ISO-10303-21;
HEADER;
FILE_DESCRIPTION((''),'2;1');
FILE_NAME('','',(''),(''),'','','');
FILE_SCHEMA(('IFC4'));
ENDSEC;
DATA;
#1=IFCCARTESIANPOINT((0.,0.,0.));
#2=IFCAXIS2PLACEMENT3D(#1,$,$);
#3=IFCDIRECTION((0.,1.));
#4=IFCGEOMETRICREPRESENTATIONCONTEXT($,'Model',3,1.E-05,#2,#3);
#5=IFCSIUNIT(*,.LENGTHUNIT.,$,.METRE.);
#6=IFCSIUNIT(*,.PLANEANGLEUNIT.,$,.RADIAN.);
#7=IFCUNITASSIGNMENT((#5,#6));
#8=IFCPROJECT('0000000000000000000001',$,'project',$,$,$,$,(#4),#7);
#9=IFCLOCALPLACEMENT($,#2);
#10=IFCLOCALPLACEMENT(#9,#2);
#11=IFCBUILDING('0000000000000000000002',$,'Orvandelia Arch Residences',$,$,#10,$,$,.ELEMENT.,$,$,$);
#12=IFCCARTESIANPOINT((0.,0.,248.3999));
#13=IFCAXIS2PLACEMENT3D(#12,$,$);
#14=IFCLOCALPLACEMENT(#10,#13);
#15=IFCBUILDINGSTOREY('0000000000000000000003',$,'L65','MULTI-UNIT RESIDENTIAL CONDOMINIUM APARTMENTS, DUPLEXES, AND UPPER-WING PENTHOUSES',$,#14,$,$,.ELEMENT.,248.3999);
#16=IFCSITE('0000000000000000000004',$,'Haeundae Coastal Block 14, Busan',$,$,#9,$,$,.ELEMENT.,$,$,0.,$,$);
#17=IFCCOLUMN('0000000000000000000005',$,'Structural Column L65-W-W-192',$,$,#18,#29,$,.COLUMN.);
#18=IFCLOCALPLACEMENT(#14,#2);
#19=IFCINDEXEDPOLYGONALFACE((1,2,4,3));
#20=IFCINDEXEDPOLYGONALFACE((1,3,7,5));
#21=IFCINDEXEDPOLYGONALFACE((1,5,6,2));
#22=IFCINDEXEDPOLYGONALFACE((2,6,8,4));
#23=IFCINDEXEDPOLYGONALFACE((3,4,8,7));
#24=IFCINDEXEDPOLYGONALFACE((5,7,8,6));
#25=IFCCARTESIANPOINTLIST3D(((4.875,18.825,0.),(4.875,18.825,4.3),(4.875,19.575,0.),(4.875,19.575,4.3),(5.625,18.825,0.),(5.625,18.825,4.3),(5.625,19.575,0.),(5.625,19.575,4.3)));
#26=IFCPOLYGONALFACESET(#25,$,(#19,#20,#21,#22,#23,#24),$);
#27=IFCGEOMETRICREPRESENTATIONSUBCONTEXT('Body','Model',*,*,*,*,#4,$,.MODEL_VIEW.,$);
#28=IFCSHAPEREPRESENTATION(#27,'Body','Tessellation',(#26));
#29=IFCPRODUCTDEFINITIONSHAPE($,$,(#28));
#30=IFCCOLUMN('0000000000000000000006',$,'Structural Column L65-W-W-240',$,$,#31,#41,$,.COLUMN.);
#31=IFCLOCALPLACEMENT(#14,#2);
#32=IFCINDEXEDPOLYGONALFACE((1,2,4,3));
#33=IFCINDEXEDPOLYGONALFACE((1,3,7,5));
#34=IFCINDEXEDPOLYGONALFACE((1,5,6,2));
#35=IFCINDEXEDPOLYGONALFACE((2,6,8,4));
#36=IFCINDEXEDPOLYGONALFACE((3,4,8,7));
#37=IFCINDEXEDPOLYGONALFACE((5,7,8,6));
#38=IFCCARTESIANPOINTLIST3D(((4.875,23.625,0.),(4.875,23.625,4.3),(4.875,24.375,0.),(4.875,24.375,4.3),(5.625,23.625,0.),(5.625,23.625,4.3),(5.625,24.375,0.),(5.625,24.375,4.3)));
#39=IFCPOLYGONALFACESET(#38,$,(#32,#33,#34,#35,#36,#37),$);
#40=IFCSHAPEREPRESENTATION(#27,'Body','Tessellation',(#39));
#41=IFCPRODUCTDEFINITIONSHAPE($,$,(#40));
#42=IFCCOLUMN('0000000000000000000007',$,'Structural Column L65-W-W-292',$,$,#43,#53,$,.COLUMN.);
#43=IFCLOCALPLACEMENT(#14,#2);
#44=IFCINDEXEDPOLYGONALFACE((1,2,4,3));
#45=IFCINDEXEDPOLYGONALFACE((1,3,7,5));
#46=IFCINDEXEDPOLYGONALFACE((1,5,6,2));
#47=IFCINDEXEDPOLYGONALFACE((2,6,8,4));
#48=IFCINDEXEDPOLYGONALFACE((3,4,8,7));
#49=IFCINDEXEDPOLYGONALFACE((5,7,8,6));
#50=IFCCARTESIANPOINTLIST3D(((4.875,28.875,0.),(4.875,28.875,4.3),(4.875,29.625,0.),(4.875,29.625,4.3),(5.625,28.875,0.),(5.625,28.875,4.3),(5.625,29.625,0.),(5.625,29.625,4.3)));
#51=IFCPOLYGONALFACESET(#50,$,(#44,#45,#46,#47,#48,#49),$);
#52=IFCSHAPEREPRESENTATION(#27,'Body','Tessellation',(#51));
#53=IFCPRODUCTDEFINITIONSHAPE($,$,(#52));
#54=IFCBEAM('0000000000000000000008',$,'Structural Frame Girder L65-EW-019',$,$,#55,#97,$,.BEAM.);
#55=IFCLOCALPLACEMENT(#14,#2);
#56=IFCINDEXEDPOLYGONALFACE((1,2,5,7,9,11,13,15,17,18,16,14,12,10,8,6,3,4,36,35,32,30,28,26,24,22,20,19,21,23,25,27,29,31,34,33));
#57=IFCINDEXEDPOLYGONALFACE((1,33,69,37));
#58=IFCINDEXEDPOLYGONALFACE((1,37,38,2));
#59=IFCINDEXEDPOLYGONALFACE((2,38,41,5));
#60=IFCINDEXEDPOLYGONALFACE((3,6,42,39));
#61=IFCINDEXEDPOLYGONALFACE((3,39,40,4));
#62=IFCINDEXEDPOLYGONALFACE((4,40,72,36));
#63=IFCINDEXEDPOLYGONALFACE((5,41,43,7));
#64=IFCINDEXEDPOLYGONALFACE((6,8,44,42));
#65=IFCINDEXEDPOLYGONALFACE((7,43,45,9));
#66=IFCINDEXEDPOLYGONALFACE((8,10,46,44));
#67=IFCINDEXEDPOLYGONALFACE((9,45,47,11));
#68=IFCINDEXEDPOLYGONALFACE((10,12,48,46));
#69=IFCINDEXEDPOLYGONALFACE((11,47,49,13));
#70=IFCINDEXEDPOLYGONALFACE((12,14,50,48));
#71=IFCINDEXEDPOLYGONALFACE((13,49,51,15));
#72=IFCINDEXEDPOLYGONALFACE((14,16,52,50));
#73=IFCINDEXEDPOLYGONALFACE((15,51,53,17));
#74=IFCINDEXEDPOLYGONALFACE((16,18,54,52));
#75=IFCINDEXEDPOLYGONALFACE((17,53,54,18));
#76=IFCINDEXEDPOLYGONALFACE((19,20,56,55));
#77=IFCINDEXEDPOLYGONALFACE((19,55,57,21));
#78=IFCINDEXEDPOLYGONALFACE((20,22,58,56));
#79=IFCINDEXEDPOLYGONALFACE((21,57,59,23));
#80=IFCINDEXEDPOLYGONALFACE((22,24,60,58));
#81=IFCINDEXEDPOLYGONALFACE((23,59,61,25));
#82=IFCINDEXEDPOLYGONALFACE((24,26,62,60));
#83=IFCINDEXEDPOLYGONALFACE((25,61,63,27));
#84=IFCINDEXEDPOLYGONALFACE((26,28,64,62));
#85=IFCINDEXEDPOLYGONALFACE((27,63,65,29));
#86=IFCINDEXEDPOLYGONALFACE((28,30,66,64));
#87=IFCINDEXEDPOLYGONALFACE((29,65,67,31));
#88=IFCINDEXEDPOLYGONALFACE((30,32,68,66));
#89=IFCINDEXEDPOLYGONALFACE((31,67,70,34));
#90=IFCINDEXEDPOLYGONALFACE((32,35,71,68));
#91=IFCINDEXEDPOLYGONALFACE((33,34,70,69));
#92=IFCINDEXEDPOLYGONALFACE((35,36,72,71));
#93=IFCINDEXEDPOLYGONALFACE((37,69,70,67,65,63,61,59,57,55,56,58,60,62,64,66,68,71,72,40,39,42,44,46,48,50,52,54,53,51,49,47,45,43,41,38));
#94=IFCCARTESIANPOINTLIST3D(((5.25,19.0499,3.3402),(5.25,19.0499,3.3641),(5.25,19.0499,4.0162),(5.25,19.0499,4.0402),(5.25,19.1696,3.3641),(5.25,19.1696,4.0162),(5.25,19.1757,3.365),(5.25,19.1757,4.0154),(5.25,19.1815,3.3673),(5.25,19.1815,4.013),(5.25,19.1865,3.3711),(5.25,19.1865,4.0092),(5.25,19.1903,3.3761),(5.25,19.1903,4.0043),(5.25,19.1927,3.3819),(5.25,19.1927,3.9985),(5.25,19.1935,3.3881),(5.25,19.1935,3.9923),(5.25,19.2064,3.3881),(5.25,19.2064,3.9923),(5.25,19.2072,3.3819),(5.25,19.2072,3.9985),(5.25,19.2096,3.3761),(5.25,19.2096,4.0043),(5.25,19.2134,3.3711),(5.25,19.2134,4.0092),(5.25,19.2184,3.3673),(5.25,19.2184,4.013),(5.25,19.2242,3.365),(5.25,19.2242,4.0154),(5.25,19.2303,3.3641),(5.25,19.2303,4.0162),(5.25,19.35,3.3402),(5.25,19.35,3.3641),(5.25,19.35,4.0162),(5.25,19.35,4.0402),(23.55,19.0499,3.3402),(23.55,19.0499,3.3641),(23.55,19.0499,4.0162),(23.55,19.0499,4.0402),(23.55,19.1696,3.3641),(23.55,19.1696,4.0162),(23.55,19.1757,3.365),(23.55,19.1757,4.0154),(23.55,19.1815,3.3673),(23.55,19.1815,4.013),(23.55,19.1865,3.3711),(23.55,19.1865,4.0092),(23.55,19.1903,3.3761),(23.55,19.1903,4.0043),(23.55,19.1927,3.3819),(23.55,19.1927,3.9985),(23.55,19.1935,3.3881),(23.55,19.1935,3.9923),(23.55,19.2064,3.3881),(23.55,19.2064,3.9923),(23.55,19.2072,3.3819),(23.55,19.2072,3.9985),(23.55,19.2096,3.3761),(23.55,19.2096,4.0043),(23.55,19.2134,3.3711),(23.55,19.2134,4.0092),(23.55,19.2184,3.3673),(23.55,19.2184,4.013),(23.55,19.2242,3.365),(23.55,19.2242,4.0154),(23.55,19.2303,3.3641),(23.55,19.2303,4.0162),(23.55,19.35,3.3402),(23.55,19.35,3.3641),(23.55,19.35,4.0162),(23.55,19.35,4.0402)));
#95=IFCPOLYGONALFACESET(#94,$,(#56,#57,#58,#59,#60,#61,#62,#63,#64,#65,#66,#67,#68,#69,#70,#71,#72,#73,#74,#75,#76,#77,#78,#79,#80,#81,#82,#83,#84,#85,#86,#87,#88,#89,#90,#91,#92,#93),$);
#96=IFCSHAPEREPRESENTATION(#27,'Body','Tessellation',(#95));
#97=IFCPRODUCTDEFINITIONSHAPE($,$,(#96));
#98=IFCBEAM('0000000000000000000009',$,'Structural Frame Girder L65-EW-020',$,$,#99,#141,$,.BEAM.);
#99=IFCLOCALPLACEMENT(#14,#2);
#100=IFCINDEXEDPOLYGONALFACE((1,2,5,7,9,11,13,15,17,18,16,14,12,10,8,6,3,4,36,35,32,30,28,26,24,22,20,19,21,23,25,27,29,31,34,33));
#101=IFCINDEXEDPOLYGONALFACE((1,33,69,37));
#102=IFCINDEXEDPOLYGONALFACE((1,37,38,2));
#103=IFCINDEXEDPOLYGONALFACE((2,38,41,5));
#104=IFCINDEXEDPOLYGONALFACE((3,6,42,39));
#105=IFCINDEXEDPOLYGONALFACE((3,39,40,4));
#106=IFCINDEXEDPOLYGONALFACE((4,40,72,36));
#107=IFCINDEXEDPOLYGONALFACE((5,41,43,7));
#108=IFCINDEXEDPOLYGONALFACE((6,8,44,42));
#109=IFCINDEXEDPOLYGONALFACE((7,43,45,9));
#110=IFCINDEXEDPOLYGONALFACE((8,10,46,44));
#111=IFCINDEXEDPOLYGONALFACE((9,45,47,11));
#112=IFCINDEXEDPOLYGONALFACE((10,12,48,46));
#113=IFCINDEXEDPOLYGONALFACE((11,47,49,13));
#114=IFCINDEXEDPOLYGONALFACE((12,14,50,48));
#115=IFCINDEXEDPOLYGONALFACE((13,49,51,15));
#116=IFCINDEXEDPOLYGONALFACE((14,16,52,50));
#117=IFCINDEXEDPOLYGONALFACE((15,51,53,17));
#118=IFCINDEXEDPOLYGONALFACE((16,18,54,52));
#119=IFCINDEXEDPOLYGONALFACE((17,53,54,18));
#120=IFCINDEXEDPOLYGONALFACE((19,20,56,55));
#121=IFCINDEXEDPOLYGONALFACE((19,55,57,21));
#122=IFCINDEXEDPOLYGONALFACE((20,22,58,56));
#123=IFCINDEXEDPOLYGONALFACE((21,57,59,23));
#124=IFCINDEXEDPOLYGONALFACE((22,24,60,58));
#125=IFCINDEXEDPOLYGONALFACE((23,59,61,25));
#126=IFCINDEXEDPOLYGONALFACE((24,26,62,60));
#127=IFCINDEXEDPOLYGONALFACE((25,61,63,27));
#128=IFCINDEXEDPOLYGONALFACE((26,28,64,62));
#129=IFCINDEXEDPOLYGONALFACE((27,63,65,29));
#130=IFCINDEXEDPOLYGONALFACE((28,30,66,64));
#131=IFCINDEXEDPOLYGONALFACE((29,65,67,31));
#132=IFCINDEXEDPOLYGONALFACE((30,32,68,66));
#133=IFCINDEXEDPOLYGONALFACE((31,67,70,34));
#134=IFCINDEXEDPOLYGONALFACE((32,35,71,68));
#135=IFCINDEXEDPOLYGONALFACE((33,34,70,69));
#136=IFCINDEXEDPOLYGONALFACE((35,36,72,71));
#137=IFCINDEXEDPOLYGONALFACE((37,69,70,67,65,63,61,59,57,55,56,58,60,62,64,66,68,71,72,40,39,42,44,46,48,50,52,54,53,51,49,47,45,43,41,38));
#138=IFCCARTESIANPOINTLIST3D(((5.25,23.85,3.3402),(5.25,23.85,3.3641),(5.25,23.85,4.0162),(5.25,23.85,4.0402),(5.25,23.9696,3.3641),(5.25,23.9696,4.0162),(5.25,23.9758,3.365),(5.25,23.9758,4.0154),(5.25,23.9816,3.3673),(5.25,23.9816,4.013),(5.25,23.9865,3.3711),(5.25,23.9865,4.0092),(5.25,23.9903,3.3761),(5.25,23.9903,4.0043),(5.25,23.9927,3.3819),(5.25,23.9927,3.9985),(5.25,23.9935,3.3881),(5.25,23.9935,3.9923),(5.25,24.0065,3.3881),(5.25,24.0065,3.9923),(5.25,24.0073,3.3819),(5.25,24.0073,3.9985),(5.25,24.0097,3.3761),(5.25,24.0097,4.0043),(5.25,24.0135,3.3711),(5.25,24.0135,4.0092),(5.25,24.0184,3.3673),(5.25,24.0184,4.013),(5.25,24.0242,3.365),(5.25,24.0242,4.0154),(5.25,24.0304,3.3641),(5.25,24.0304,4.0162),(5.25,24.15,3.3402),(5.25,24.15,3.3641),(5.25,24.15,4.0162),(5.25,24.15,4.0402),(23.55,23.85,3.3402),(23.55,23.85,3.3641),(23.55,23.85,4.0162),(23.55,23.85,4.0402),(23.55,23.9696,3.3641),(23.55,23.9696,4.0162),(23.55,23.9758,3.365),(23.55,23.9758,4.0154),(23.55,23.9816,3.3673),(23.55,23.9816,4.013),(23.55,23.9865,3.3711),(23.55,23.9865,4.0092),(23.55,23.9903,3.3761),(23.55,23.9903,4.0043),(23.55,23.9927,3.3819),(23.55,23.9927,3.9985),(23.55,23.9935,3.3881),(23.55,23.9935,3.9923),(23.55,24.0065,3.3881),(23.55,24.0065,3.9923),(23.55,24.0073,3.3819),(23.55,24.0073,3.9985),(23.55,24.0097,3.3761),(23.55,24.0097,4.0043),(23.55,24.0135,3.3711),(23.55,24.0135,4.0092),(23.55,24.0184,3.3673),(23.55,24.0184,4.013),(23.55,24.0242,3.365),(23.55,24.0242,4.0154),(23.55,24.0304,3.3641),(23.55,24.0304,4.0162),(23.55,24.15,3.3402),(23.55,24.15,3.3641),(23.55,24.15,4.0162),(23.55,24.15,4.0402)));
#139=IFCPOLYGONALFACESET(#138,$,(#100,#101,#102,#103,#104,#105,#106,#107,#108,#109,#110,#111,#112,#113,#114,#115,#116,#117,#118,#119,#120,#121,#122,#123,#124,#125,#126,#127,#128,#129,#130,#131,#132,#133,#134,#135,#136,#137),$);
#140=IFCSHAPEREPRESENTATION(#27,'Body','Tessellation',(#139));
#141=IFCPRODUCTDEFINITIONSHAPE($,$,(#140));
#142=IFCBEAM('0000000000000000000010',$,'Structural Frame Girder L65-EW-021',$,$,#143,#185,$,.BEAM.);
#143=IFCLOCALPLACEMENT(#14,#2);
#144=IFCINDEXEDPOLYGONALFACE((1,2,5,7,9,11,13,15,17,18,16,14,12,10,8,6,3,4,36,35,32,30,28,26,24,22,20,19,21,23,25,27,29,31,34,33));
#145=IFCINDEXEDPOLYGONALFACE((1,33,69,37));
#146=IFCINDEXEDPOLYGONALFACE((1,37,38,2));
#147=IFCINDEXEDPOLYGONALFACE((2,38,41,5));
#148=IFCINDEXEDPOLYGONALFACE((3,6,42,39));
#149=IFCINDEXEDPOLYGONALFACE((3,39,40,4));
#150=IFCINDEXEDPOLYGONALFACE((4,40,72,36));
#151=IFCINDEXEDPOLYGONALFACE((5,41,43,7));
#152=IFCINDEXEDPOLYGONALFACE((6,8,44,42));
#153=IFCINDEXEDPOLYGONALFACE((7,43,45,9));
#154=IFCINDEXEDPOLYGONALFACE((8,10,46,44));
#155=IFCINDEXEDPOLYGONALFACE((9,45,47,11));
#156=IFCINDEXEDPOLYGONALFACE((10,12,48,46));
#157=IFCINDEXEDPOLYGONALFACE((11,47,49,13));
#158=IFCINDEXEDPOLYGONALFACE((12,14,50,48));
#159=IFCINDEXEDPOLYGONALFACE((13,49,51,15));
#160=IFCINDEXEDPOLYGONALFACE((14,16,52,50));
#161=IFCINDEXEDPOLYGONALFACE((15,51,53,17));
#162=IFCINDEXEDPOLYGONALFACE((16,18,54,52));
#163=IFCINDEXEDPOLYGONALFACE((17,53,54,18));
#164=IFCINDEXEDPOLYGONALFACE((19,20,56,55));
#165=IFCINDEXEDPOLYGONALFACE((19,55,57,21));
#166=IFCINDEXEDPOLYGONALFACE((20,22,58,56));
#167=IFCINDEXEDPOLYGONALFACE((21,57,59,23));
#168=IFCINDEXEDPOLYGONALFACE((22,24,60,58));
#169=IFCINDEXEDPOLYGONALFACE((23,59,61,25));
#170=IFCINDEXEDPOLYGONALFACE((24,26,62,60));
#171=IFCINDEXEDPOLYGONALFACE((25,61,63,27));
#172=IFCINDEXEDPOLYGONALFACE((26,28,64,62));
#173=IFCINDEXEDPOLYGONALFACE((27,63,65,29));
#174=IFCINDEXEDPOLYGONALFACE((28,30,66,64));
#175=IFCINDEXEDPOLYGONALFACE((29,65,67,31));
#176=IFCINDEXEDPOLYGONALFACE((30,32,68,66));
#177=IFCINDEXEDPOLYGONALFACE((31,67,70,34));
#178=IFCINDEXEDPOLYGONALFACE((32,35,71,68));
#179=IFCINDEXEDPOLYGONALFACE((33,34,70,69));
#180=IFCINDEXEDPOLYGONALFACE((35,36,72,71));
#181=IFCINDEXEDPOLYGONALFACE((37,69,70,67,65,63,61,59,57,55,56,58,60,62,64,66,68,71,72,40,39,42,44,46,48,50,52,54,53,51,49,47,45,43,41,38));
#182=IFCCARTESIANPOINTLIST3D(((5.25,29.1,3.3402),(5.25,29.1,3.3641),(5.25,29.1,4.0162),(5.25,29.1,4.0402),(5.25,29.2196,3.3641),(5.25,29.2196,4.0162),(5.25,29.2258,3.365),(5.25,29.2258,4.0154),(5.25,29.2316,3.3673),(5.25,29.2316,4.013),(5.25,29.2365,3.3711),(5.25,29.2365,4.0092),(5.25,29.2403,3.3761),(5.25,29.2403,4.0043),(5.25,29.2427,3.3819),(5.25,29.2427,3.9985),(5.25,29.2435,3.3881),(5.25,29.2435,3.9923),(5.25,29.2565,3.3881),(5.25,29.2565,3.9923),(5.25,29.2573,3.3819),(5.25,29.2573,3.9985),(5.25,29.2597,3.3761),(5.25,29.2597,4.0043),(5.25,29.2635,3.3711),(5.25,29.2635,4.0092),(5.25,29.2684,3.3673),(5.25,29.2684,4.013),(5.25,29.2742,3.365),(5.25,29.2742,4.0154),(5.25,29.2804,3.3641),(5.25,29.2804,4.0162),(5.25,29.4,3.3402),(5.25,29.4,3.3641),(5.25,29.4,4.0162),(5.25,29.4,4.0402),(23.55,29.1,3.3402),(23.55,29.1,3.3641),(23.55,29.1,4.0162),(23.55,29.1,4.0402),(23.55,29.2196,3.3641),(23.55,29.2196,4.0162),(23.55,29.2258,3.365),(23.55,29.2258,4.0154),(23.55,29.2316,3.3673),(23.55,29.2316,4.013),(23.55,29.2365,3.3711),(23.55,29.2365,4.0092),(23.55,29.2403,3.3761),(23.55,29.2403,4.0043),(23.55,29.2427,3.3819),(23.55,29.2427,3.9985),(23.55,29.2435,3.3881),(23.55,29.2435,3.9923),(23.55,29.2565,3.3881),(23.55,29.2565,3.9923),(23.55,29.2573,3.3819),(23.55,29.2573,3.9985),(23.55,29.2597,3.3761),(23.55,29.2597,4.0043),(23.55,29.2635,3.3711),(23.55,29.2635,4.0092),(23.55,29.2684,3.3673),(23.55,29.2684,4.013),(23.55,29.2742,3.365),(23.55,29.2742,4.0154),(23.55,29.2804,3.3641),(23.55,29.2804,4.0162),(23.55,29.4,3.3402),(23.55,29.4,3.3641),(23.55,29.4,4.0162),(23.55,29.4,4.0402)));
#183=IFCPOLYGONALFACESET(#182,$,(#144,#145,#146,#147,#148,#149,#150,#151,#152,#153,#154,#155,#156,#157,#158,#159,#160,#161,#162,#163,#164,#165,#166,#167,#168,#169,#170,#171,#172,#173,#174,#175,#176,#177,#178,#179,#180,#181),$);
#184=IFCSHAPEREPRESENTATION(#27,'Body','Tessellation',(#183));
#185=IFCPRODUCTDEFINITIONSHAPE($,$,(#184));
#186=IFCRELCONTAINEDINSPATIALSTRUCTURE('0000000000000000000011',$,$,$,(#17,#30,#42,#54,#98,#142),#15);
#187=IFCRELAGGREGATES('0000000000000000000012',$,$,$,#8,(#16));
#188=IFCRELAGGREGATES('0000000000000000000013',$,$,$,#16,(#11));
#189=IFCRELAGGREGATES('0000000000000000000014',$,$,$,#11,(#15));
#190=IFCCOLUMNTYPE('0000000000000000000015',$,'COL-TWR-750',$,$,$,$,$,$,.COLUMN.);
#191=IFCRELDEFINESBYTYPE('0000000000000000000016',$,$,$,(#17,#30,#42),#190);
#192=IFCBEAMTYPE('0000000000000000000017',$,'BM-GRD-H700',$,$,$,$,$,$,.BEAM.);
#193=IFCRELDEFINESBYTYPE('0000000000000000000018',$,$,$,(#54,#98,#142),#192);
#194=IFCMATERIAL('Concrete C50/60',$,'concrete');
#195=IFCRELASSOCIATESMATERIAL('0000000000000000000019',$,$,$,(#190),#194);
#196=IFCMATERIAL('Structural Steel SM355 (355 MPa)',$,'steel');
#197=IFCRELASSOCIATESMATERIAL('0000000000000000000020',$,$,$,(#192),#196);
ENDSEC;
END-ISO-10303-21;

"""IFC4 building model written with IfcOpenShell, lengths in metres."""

from ifc_helpers import new_model, si_unit, direction, frame, origin, origin_2d, place, context, subcontext, project, spatial, rectangle, i_section, extrude, material, material_profile, profile_set, type_object, element, save


model = new_model("IFC4")

# Units and contexts
model_context = context("Model", 3, precision=1e-05, world=origin(), true_north=direction((0.0, 1.0)))
body_context = subcontext(model_context, "Body", "Model", "MODEL_VIEW")
ifc_project = project(units=[si_unit("LENGTHUNIT", "METRE"), si_unit("PLANEANGLEUNIT", "RADIAN")], contexts=[model_context])

# Site, building, storey
site_placement = place(None, origin())
site = spatial("IfcSite", under=ifc_project, at=site_placement, Name="Haeundae Coastal Block 14, Busan", CompositionType="ELEMENT", RefElevation=0.0)
building_placement = place(site_placement, origin())
building = spatial("IfcBuilding", under=site, at=building_placement, Name="Orvandelia Arch Residences", CompositionType="ELEMENT")
storey_placement = place(building_placement, frame((0.0, 0.0, 248.3999)))
storey = spatial("IfcBuildingStorey", under=building, at=storey_placement, Name="L65", Description="MULTI-UNIT RESIDENTIAL CONDOMINIUM APARTMENTS, DUPLEXES, AND UPPER-WING PENTHOUSES", CompositionType="ELEMENT", Elevation=248.3999)

# Columns
ifc_material_1 = material(Name="Concrete C50/60", Category="concrete")
ifc_material_profile_1 = material_profile(ifc_material_1, rectangle(XDim=0.75, YDim=0.75, at=origin_2d()), Name="Concrete C50/60", Category="concrete")
ifc_profile_set_1 = profile_set([ifc_material_profile_1], Name="Concrete C50/60")
column_type = type_object("IfcColumnType", Name="COL-TWR-750", PredefinedType="COLUMN", material=ifc_profile_set_1)
for number, where, z_axis, x_axis, name in (
    (1, (5.25, 19.2, 0.0), (0.0, 0.0, 1.0), (1.0, 0.0, 0.0), "Structural Column L65-W-W-192"),
    (2, (5.25, 24.0, 0.0), (0.0, 0.0, 1.0), (1.0, 0.0, 0.0), "Structural Column L65-W-W-240"),
    (3, (5.25, 29.25, 0.0), (0.0, 0.0, 1.0), (1.0, 0.0, 0.0), "Structural Column L65-W-W-292"),
):
    element("IfcColumn", number, at=place(storey_placement, frame(where, z_axis=z_axis, x_axis=x_axis)), inside=storey, type_object=column_type, Name=name, PredefinedType="COLUMN", context=body_context, shape_type="SweptSolid", body=[
        extrude(rectangle(XDim=0.75, YDim=0.75, at=origin_2d()), origin(), (0.0, 0.0, 1.0), 4.3),
    ])

# Beams
ifc_material_2 = material(Name="Structural Steel SM355 (355 MPa)", Category="steel")
ifc_material_profile_2 = material_profile(ifc_material_2, i_section(OverallWidth=0.3, OverallDepth=0.7, WebThickness=0.0129, FlangeThickness=0.0239, FilletRadius=0.0239, at=origin_2d()), Name="Structural Steel SM355 (355 MPa)", Category="steel")
ifc_profile_set_2 = profile_set([ifc_material_profile_2], Name="Structural Steel SM355 (355 MPa)")
beam_type_1 = type_object("IfcBeamType", Name="BM-GRD-H700", PredefinedType="BEAM", material=ifc_profile_set_2)
for number, where, z_axis, x_axis, name in (
    (4, (5.25, 19.2, 3.6902), (1.0, 0.0, 0.0), (0.0, 1.0, 0.0), "Structural Frame Girder L65-EW-019"),
    (5, (5.25, 24.0, 3.6902), (1.0, 0.0, 0.0), (0.0, 1.0, 0.0), "Structural Frame Girder L65-EW-020"),
    (6, (5.25, 29.25, 3.6902), (1.0, 0.0, 0.0), (0.0, 1.0, 0.0), "Structural Frame Girder L65-EW-021"),
):
    element("IfcBeam", number, at=place(storey_placement, frame(where, z_axis=z_axis, x_axis=x_axis)), inside=storey, type_object=beam_type_1, Name=name, PredefinedType="BEAM", context=body_context, shape_type="SweptSolid", body=[
        extrude(i_section(OverallWidth=0.3, OverallDepth=0.7, WebThickness=0.0129, FlangeThickness=0.0239, FilletRadius=0.0239, at=origin_2d()), origin(), (0.0, 0.0, 1.0), 18.3),
    ])

save(model, "model.ifc")
